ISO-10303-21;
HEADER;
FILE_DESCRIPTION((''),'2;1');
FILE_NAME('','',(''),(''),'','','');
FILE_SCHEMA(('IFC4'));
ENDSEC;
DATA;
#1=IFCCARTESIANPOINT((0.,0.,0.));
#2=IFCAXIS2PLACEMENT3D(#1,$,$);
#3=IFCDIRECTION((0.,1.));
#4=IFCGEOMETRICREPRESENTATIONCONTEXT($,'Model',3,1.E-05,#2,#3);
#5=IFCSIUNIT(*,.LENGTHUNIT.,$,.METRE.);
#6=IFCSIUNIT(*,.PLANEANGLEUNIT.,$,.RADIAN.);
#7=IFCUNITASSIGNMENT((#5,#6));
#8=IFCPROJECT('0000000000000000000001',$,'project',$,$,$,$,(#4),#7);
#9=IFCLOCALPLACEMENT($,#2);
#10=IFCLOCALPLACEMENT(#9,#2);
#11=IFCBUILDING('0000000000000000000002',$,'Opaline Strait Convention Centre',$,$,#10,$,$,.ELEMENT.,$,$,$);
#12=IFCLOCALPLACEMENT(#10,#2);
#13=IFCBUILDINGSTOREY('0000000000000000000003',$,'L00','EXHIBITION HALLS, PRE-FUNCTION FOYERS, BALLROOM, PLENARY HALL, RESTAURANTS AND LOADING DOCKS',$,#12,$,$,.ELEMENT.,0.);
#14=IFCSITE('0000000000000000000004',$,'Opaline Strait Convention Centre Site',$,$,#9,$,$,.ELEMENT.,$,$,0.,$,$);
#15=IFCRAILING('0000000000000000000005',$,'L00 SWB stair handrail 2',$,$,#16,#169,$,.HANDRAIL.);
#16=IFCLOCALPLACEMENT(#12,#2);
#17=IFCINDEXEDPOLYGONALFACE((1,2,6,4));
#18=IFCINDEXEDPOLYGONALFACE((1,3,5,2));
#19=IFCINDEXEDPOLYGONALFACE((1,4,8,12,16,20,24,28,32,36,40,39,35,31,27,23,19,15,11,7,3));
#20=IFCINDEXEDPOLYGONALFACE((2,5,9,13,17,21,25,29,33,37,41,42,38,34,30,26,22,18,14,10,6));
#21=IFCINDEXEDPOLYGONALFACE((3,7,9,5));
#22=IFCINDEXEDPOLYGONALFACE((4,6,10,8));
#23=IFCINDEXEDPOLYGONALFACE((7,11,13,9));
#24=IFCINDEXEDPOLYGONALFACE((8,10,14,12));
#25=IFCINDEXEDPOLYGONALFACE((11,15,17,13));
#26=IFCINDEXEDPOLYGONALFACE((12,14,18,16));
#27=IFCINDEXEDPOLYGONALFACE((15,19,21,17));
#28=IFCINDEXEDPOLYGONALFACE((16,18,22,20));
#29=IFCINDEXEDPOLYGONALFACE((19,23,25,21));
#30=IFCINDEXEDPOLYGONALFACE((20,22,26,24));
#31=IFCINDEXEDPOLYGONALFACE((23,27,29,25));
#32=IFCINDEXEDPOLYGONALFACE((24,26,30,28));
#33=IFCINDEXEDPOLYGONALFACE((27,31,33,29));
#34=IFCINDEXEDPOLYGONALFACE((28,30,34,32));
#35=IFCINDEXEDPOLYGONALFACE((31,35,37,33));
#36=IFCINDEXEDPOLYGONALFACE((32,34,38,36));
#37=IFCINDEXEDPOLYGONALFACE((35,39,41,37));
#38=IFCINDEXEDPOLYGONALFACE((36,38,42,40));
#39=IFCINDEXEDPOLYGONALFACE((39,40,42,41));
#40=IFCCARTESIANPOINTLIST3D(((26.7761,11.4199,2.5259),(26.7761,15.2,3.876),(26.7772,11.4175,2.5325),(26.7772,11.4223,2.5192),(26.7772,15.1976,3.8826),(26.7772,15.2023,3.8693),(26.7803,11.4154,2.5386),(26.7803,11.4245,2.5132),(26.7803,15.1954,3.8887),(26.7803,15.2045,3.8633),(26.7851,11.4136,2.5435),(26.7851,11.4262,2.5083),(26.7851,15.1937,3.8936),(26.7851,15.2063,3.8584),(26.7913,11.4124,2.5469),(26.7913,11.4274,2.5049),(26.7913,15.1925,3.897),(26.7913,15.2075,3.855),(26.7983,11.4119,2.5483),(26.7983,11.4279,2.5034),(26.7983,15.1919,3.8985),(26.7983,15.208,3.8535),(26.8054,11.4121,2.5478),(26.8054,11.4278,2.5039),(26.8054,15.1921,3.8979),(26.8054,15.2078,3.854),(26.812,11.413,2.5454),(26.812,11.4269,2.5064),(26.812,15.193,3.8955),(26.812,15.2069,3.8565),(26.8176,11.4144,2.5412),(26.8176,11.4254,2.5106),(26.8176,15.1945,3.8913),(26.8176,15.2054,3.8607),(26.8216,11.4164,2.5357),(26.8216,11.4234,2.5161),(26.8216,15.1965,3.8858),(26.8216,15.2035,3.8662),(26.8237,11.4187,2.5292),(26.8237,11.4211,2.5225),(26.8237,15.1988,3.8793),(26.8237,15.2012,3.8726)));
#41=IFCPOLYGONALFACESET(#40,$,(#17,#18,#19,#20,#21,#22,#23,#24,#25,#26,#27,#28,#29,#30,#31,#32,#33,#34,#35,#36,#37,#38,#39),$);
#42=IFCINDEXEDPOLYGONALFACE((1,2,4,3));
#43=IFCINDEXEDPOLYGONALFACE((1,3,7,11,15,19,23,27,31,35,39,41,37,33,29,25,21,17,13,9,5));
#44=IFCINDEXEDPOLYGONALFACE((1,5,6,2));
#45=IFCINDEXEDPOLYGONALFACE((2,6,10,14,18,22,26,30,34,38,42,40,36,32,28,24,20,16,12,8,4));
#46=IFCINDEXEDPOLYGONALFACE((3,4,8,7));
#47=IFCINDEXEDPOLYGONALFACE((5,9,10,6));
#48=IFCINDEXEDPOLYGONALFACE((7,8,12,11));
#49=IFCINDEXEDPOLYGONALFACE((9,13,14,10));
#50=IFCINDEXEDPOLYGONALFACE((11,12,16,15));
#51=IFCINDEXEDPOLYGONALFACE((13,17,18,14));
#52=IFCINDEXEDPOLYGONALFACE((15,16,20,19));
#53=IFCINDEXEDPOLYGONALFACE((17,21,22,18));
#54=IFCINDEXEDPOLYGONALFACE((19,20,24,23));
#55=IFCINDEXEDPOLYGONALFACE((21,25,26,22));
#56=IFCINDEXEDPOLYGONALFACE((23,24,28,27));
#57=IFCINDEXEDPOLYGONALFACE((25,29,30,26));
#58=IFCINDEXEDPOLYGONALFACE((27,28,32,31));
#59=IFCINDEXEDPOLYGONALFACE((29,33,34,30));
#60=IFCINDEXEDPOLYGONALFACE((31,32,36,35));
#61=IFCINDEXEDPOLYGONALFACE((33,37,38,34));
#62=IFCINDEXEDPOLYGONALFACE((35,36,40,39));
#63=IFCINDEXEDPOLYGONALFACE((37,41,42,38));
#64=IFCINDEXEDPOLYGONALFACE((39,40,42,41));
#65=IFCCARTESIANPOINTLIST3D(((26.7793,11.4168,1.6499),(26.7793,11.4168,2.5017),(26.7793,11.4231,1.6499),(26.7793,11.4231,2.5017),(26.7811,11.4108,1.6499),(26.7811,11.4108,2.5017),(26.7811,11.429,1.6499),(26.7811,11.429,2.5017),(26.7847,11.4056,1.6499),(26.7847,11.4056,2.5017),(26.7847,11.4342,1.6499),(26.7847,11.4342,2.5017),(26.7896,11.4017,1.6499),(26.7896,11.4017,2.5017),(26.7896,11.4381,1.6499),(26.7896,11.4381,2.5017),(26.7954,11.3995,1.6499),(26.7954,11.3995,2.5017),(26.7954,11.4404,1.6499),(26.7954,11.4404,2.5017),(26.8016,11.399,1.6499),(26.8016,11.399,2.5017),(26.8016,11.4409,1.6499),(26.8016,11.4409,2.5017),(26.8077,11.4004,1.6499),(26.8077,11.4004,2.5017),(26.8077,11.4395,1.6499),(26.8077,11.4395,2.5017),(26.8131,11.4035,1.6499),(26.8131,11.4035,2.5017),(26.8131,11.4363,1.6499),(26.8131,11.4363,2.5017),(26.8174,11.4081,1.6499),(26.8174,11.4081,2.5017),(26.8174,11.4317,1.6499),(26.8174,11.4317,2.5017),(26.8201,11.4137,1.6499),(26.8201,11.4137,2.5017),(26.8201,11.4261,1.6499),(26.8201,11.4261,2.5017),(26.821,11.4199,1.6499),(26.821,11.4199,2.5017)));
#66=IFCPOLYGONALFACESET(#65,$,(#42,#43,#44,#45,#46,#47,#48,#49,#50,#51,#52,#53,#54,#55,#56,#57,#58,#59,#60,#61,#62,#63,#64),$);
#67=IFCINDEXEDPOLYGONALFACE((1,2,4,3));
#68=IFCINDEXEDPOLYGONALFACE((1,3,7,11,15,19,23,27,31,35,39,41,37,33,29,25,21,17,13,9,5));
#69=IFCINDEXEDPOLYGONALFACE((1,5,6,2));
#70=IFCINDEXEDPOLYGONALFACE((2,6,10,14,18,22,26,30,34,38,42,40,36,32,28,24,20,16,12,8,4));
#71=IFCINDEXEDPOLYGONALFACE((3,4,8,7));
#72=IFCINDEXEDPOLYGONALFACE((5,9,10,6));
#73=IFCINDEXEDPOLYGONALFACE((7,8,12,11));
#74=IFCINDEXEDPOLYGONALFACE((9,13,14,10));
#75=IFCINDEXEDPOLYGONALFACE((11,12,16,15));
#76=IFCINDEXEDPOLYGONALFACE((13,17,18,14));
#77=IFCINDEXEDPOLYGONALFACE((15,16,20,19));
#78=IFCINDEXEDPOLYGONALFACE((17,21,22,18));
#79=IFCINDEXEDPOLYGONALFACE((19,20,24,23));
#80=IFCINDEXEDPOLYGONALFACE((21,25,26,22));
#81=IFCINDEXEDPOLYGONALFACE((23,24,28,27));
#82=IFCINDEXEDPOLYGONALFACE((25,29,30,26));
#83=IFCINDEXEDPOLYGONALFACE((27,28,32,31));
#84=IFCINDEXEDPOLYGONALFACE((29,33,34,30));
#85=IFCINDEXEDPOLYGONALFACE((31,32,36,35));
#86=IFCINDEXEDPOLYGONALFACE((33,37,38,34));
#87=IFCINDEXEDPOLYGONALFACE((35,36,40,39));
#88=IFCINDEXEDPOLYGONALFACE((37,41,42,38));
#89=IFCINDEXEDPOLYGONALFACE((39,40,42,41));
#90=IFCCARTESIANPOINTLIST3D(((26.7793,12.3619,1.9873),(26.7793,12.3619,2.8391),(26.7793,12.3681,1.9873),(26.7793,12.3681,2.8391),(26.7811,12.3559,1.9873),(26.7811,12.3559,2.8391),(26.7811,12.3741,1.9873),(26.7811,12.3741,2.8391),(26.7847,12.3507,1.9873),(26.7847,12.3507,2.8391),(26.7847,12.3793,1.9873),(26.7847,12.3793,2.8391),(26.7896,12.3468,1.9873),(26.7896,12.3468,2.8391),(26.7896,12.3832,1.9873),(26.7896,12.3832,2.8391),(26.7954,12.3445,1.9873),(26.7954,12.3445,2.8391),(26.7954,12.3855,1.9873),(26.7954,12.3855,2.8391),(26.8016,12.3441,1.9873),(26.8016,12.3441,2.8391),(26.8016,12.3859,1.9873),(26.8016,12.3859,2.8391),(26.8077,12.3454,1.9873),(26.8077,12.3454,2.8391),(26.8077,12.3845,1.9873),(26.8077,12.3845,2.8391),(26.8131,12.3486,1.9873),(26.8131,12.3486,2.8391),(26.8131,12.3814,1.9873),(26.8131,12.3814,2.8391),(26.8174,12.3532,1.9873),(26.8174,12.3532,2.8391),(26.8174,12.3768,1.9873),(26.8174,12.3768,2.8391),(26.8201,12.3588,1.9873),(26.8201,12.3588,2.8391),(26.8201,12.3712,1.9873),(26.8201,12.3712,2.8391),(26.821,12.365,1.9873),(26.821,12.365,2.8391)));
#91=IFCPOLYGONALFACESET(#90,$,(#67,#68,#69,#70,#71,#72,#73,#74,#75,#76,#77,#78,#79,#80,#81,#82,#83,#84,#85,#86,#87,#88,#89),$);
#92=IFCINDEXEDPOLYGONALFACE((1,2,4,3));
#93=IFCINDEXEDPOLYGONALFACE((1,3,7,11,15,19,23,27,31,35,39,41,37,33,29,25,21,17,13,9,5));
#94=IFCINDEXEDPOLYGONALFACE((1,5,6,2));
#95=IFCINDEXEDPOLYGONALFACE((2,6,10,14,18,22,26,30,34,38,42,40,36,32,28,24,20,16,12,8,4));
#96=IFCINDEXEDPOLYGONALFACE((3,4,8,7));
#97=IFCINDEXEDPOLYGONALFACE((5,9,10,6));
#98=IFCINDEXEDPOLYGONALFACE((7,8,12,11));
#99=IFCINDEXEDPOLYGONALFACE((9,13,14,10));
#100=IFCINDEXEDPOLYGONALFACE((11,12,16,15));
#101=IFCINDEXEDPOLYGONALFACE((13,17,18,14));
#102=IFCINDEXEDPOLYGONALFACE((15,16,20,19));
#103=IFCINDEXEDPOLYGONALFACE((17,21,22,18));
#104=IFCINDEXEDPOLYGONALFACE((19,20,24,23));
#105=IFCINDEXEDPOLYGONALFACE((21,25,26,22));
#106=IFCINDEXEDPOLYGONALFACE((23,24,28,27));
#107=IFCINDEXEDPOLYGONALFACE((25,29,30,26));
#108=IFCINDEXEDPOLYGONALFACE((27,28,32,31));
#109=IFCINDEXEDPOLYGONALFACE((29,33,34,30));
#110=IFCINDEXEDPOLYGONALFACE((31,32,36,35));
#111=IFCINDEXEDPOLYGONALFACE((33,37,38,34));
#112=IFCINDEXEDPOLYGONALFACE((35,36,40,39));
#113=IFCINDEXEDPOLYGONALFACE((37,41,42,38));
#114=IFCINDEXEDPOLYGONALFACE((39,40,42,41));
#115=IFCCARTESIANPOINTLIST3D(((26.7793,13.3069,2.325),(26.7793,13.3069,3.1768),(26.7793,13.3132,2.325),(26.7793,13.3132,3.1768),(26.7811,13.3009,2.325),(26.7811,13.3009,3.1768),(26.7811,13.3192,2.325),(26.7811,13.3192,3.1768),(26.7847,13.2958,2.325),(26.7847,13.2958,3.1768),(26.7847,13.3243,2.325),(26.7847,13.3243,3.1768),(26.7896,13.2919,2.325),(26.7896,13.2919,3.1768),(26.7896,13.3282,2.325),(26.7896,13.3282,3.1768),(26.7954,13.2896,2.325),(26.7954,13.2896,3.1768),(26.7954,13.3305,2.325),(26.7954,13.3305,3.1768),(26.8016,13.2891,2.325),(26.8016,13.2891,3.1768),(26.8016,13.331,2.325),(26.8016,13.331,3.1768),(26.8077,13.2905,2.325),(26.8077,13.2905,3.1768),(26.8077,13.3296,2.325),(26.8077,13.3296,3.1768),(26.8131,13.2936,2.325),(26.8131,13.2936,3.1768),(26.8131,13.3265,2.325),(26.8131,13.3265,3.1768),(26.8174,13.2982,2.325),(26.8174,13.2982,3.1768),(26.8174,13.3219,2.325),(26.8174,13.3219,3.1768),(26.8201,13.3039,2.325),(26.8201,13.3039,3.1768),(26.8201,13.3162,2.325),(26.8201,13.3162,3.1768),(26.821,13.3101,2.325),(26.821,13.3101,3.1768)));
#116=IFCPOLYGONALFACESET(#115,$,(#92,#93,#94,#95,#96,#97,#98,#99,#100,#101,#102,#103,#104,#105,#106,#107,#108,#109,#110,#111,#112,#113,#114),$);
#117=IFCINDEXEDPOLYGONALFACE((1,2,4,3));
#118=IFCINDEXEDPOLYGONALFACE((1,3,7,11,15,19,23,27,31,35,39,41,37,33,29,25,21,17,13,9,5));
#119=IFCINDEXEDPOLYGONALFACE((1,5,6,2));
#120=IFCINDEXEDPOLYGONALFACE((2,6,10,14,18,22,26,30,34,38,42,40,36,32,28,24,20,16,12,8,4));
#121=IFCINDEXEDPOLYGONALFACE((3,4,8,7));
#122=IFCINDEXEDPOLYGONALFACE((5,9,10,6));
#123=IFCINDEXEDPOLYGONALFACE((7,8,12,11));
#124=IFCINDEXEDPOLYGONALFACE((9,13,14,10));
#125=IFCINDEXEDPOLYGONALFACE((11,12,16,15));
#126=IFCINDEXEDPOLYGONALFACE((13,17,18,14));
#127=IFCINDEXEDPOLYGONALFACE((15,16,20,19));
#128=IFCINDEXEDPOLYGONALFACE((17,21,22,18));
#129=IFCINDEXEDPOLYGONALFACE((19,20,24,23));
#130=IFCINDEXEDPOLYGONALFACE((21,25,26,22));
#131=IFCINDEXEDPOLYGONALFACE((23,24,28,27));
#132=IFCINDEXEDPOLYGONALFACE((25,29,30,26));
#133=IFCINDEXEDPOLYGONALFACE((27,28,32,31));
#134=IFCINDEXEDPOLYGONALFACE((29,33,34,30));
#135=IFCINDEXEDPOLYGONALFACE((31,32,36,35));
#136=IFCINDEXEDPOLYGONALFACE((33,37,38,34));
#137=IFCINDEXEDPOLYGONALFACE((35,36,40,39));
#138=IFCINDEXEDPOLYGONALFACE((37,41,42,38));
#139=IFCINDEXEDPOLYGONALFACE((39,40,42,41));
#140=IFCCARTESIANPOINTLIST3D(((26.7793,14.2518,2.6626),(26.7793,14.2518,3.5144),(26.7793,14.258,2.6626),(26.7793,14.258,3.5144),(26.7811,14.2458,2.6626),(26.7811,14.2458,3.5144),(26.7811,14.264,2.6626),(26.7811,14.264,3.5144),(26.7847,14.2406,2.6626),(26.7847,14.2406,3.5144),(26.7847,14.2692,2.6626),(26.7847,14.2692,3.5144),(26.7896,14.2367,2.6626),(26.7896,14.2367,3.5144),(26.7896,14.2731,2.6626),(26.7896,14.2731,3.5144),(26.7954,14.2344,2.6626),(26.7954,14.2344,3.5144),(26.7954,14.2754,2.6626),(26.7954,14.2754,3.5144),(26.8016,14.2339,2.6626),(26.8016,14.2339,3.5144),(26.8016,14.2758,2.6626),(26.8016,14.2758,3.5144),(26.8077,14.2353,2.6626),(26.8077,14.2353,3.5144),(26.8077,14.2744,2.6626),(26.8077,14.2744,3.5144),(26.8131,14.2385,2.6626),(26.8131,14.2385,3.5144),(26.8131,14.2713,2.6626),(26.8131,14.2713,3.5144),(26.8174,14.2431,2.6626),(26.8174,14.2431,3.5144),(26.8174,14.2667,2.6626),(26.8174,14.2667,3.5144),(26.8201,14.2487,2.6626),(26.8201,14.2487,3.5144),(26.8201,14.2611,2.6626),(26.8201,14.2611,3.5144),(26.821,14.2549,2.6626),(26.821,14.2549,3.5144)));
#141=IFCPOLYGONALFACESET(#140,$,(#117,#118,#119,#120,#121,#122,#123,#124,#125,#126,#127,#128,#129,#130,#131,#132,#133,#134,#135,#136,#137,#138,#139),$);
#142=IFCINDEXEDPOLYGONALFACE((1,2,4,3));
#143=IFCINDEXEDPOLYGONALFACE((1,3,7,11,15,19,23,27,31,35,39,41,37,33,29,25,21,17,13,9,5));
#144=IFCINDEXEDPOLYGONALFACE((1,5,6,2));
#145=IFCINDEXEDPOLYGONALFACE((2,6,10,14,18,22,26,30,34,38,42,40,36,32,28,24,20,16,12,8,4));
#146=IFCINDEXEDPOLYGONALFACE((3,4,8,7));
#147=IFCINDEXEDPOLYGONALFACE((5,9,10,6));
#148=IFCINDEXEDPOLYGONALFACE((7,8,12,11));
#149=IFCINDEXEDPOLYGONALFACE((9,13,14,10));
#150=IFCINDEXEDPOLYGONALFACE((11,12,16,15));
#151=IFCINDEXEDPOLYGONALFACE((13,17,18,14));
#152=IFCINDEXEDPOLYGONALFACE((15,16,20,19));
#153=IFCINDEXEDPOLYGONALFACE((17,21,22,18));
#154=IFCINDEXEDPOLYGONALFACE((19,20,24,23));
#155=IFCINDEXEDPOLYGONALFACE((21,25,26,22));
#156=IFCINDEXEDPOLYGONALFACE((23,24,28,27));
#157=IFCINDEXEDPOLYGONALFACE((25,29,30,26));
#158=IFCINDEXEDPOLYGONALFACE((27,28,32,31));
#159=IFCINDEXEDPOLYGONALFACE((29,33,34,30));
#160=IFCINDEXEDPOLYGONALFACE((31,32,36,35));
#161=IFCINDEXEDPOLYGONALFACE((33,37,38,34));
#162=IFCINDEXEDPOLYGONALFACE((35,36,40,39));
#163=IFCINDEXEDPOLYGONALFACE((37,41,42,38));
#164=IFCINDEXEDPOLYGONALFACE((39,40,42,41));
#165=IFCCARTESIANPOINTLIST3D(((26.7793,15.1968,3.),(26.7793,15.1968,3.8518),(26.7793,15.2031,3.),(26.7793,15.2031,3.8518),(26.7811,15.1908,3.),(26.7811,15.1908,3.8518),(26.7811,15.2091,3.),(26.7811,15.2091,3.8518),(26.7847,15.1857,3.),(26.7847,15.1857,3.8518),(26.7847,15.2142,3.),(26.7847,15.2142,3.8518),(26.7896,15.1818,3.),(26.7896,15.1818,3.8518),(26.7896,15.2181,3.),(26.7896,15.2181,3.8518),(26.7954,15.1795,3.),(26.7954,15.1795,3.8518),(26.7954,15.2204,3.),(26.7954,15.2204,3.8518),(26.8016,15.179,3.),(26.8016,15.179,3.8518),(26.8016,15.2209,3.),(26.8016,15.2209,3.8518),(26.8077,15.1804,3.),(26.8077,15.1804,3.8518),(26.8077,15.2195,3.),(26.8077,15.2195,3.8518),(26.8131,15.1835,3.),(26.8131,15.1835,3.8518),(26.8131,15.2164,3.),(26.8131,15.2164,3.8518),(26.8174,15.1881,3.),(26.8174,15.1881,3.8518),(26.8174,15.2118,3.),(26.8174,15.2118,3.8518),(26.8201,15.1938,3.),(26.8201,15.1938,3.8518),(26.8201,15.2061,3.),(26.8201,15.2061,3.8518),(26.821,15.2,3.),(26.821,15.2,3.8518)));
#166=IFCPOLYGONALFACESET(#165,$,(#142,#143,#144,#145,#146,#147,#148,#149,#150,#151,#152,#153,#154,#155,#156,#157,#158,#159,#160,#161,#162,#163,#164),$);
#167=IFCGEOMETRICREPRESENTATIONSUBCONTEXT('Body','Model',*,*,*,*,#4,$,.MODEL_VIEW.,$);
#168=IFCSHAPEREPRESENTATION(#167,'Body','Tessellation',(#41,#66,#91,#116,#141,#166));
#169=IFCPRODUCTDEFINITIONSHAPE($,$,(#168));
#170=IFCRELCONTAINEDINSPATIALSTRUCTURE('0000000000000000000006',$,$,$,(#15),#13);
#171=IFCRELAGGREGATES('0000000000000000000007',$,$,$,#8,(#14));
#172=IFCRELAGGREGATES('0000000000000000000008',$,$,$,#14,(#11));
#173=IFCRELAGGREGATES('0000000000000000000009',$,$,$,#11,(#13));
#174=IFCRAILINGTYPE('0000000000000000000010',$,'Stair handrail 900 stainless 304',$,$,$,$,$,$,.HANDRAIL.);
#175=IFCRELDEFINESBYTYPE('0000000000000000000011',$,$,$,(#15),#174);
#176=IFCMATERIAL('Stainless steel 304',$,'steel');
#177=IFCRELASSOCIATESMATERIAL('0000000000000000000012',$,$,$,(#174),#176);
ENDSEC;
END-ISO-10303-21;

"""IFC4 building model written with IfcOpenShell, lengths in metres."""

from ifc_helpers import new_model, si_unit, direction, frame, origin, origin_2d, place, context, subcontext, project, spatial, circle, extrude, material, type_object, element, save


model = new_model("IFC4")

# Units and contexts
model_context = context("Model", 3, precision=1e-05, world=origin(), true_north=direction((0.0, 1.0)))
body_context = subcontext(model_context, "Body", "Model", "MODEL_VIEW")
ifc_project = project(units=[si_unit("LENGTHUNIT", "METRE"), si_unit("PLANEANGLEUNIT", "RADIAN")], contexts=[model_context])

# Site, building, storey
site_placement = place(None, origin())
site = spatial("IfcSite", under=ifc_project, at=site_placement, Name="Opaline Strait Convention Centre Site", CompositionType="ELEMENT", RefElevation=0.0)
building_placement = place(site_placement, origin())
building = spatial("IfcBuilding", under=site, at=building_placement, Name="Opaline Strait Convention Centre", CompositionType="ELEMENT")
storey_placement = place(building_placement, origin())
storey = spatial("IfcBuildingStorey", under=building, at=storey_placement, Name="L00", Description="EXHIBITION HALLS, PRE-FUNCTION FOYERS, BALLROOM, PLENARY HALL, RESTAURANTS AND LOADING DOCKS", CompositionType="ELEMENT", Elevation=0.0)

# Railing
ifc_material_1 = material(Name="Stainless steel 304", Category="steel")
railing_type_1 = type_object("IfcRailingType", Name="Stair handrail 900 stainless 304", PredefinedType="HANDRAIL", material=ifc_material_1)
for number, where, name in (
    (1, (26.8, 11.4199, 1.6499), "L00 SWB stair handrail 2"),
):
    element("IfcRailing", number, at=place(storey_placement, frame(where)), inside=storey, type_object=railing_type_1, Name=name, PredefinedType="HANDRAIL", context=body_context, shape_type="SweptSolid", body=[
        extrude(circle(Radius=0.0239, at=origin_2d()), frame((0.0, 0.0, 0.876), z_axis=(0.0, 0.941735, 0.336356), x_axis=(-1.0, 0.0, 0.0)), (0.0, 0.0, 1.0), 4.0139),
        extrude(circle(Radius=0.021, at=origin_2d()), origin(), (0.0, 0.0, 1.0), 0.8518),
        extrude(circle(Radius=0.021, at=origin_2d()), frame((0.0, 0.9451, 0.3374)), (0.0, 0.0, 1.0), 0.8518),
        extrude(circle(Radius=0.021, at=origin_2d()), frame((0.0, 1.8901, 0.675)), (0.0, 0.0, 1.0), 0.8518),
        extrude(circle(Radius=0.021, at=origin_2d()), frame((0.0, 2.835, 1.0127)), (0.0, 0.0, 1.0), 0.8518),
        extrude(circle(Radius=0.021, at=origin_2d()), frame((0.0, 3.78, 1.3501)), (0.0, 0.0, 1.0), 0.8518),
    ])

save(model, "model.ifc")
